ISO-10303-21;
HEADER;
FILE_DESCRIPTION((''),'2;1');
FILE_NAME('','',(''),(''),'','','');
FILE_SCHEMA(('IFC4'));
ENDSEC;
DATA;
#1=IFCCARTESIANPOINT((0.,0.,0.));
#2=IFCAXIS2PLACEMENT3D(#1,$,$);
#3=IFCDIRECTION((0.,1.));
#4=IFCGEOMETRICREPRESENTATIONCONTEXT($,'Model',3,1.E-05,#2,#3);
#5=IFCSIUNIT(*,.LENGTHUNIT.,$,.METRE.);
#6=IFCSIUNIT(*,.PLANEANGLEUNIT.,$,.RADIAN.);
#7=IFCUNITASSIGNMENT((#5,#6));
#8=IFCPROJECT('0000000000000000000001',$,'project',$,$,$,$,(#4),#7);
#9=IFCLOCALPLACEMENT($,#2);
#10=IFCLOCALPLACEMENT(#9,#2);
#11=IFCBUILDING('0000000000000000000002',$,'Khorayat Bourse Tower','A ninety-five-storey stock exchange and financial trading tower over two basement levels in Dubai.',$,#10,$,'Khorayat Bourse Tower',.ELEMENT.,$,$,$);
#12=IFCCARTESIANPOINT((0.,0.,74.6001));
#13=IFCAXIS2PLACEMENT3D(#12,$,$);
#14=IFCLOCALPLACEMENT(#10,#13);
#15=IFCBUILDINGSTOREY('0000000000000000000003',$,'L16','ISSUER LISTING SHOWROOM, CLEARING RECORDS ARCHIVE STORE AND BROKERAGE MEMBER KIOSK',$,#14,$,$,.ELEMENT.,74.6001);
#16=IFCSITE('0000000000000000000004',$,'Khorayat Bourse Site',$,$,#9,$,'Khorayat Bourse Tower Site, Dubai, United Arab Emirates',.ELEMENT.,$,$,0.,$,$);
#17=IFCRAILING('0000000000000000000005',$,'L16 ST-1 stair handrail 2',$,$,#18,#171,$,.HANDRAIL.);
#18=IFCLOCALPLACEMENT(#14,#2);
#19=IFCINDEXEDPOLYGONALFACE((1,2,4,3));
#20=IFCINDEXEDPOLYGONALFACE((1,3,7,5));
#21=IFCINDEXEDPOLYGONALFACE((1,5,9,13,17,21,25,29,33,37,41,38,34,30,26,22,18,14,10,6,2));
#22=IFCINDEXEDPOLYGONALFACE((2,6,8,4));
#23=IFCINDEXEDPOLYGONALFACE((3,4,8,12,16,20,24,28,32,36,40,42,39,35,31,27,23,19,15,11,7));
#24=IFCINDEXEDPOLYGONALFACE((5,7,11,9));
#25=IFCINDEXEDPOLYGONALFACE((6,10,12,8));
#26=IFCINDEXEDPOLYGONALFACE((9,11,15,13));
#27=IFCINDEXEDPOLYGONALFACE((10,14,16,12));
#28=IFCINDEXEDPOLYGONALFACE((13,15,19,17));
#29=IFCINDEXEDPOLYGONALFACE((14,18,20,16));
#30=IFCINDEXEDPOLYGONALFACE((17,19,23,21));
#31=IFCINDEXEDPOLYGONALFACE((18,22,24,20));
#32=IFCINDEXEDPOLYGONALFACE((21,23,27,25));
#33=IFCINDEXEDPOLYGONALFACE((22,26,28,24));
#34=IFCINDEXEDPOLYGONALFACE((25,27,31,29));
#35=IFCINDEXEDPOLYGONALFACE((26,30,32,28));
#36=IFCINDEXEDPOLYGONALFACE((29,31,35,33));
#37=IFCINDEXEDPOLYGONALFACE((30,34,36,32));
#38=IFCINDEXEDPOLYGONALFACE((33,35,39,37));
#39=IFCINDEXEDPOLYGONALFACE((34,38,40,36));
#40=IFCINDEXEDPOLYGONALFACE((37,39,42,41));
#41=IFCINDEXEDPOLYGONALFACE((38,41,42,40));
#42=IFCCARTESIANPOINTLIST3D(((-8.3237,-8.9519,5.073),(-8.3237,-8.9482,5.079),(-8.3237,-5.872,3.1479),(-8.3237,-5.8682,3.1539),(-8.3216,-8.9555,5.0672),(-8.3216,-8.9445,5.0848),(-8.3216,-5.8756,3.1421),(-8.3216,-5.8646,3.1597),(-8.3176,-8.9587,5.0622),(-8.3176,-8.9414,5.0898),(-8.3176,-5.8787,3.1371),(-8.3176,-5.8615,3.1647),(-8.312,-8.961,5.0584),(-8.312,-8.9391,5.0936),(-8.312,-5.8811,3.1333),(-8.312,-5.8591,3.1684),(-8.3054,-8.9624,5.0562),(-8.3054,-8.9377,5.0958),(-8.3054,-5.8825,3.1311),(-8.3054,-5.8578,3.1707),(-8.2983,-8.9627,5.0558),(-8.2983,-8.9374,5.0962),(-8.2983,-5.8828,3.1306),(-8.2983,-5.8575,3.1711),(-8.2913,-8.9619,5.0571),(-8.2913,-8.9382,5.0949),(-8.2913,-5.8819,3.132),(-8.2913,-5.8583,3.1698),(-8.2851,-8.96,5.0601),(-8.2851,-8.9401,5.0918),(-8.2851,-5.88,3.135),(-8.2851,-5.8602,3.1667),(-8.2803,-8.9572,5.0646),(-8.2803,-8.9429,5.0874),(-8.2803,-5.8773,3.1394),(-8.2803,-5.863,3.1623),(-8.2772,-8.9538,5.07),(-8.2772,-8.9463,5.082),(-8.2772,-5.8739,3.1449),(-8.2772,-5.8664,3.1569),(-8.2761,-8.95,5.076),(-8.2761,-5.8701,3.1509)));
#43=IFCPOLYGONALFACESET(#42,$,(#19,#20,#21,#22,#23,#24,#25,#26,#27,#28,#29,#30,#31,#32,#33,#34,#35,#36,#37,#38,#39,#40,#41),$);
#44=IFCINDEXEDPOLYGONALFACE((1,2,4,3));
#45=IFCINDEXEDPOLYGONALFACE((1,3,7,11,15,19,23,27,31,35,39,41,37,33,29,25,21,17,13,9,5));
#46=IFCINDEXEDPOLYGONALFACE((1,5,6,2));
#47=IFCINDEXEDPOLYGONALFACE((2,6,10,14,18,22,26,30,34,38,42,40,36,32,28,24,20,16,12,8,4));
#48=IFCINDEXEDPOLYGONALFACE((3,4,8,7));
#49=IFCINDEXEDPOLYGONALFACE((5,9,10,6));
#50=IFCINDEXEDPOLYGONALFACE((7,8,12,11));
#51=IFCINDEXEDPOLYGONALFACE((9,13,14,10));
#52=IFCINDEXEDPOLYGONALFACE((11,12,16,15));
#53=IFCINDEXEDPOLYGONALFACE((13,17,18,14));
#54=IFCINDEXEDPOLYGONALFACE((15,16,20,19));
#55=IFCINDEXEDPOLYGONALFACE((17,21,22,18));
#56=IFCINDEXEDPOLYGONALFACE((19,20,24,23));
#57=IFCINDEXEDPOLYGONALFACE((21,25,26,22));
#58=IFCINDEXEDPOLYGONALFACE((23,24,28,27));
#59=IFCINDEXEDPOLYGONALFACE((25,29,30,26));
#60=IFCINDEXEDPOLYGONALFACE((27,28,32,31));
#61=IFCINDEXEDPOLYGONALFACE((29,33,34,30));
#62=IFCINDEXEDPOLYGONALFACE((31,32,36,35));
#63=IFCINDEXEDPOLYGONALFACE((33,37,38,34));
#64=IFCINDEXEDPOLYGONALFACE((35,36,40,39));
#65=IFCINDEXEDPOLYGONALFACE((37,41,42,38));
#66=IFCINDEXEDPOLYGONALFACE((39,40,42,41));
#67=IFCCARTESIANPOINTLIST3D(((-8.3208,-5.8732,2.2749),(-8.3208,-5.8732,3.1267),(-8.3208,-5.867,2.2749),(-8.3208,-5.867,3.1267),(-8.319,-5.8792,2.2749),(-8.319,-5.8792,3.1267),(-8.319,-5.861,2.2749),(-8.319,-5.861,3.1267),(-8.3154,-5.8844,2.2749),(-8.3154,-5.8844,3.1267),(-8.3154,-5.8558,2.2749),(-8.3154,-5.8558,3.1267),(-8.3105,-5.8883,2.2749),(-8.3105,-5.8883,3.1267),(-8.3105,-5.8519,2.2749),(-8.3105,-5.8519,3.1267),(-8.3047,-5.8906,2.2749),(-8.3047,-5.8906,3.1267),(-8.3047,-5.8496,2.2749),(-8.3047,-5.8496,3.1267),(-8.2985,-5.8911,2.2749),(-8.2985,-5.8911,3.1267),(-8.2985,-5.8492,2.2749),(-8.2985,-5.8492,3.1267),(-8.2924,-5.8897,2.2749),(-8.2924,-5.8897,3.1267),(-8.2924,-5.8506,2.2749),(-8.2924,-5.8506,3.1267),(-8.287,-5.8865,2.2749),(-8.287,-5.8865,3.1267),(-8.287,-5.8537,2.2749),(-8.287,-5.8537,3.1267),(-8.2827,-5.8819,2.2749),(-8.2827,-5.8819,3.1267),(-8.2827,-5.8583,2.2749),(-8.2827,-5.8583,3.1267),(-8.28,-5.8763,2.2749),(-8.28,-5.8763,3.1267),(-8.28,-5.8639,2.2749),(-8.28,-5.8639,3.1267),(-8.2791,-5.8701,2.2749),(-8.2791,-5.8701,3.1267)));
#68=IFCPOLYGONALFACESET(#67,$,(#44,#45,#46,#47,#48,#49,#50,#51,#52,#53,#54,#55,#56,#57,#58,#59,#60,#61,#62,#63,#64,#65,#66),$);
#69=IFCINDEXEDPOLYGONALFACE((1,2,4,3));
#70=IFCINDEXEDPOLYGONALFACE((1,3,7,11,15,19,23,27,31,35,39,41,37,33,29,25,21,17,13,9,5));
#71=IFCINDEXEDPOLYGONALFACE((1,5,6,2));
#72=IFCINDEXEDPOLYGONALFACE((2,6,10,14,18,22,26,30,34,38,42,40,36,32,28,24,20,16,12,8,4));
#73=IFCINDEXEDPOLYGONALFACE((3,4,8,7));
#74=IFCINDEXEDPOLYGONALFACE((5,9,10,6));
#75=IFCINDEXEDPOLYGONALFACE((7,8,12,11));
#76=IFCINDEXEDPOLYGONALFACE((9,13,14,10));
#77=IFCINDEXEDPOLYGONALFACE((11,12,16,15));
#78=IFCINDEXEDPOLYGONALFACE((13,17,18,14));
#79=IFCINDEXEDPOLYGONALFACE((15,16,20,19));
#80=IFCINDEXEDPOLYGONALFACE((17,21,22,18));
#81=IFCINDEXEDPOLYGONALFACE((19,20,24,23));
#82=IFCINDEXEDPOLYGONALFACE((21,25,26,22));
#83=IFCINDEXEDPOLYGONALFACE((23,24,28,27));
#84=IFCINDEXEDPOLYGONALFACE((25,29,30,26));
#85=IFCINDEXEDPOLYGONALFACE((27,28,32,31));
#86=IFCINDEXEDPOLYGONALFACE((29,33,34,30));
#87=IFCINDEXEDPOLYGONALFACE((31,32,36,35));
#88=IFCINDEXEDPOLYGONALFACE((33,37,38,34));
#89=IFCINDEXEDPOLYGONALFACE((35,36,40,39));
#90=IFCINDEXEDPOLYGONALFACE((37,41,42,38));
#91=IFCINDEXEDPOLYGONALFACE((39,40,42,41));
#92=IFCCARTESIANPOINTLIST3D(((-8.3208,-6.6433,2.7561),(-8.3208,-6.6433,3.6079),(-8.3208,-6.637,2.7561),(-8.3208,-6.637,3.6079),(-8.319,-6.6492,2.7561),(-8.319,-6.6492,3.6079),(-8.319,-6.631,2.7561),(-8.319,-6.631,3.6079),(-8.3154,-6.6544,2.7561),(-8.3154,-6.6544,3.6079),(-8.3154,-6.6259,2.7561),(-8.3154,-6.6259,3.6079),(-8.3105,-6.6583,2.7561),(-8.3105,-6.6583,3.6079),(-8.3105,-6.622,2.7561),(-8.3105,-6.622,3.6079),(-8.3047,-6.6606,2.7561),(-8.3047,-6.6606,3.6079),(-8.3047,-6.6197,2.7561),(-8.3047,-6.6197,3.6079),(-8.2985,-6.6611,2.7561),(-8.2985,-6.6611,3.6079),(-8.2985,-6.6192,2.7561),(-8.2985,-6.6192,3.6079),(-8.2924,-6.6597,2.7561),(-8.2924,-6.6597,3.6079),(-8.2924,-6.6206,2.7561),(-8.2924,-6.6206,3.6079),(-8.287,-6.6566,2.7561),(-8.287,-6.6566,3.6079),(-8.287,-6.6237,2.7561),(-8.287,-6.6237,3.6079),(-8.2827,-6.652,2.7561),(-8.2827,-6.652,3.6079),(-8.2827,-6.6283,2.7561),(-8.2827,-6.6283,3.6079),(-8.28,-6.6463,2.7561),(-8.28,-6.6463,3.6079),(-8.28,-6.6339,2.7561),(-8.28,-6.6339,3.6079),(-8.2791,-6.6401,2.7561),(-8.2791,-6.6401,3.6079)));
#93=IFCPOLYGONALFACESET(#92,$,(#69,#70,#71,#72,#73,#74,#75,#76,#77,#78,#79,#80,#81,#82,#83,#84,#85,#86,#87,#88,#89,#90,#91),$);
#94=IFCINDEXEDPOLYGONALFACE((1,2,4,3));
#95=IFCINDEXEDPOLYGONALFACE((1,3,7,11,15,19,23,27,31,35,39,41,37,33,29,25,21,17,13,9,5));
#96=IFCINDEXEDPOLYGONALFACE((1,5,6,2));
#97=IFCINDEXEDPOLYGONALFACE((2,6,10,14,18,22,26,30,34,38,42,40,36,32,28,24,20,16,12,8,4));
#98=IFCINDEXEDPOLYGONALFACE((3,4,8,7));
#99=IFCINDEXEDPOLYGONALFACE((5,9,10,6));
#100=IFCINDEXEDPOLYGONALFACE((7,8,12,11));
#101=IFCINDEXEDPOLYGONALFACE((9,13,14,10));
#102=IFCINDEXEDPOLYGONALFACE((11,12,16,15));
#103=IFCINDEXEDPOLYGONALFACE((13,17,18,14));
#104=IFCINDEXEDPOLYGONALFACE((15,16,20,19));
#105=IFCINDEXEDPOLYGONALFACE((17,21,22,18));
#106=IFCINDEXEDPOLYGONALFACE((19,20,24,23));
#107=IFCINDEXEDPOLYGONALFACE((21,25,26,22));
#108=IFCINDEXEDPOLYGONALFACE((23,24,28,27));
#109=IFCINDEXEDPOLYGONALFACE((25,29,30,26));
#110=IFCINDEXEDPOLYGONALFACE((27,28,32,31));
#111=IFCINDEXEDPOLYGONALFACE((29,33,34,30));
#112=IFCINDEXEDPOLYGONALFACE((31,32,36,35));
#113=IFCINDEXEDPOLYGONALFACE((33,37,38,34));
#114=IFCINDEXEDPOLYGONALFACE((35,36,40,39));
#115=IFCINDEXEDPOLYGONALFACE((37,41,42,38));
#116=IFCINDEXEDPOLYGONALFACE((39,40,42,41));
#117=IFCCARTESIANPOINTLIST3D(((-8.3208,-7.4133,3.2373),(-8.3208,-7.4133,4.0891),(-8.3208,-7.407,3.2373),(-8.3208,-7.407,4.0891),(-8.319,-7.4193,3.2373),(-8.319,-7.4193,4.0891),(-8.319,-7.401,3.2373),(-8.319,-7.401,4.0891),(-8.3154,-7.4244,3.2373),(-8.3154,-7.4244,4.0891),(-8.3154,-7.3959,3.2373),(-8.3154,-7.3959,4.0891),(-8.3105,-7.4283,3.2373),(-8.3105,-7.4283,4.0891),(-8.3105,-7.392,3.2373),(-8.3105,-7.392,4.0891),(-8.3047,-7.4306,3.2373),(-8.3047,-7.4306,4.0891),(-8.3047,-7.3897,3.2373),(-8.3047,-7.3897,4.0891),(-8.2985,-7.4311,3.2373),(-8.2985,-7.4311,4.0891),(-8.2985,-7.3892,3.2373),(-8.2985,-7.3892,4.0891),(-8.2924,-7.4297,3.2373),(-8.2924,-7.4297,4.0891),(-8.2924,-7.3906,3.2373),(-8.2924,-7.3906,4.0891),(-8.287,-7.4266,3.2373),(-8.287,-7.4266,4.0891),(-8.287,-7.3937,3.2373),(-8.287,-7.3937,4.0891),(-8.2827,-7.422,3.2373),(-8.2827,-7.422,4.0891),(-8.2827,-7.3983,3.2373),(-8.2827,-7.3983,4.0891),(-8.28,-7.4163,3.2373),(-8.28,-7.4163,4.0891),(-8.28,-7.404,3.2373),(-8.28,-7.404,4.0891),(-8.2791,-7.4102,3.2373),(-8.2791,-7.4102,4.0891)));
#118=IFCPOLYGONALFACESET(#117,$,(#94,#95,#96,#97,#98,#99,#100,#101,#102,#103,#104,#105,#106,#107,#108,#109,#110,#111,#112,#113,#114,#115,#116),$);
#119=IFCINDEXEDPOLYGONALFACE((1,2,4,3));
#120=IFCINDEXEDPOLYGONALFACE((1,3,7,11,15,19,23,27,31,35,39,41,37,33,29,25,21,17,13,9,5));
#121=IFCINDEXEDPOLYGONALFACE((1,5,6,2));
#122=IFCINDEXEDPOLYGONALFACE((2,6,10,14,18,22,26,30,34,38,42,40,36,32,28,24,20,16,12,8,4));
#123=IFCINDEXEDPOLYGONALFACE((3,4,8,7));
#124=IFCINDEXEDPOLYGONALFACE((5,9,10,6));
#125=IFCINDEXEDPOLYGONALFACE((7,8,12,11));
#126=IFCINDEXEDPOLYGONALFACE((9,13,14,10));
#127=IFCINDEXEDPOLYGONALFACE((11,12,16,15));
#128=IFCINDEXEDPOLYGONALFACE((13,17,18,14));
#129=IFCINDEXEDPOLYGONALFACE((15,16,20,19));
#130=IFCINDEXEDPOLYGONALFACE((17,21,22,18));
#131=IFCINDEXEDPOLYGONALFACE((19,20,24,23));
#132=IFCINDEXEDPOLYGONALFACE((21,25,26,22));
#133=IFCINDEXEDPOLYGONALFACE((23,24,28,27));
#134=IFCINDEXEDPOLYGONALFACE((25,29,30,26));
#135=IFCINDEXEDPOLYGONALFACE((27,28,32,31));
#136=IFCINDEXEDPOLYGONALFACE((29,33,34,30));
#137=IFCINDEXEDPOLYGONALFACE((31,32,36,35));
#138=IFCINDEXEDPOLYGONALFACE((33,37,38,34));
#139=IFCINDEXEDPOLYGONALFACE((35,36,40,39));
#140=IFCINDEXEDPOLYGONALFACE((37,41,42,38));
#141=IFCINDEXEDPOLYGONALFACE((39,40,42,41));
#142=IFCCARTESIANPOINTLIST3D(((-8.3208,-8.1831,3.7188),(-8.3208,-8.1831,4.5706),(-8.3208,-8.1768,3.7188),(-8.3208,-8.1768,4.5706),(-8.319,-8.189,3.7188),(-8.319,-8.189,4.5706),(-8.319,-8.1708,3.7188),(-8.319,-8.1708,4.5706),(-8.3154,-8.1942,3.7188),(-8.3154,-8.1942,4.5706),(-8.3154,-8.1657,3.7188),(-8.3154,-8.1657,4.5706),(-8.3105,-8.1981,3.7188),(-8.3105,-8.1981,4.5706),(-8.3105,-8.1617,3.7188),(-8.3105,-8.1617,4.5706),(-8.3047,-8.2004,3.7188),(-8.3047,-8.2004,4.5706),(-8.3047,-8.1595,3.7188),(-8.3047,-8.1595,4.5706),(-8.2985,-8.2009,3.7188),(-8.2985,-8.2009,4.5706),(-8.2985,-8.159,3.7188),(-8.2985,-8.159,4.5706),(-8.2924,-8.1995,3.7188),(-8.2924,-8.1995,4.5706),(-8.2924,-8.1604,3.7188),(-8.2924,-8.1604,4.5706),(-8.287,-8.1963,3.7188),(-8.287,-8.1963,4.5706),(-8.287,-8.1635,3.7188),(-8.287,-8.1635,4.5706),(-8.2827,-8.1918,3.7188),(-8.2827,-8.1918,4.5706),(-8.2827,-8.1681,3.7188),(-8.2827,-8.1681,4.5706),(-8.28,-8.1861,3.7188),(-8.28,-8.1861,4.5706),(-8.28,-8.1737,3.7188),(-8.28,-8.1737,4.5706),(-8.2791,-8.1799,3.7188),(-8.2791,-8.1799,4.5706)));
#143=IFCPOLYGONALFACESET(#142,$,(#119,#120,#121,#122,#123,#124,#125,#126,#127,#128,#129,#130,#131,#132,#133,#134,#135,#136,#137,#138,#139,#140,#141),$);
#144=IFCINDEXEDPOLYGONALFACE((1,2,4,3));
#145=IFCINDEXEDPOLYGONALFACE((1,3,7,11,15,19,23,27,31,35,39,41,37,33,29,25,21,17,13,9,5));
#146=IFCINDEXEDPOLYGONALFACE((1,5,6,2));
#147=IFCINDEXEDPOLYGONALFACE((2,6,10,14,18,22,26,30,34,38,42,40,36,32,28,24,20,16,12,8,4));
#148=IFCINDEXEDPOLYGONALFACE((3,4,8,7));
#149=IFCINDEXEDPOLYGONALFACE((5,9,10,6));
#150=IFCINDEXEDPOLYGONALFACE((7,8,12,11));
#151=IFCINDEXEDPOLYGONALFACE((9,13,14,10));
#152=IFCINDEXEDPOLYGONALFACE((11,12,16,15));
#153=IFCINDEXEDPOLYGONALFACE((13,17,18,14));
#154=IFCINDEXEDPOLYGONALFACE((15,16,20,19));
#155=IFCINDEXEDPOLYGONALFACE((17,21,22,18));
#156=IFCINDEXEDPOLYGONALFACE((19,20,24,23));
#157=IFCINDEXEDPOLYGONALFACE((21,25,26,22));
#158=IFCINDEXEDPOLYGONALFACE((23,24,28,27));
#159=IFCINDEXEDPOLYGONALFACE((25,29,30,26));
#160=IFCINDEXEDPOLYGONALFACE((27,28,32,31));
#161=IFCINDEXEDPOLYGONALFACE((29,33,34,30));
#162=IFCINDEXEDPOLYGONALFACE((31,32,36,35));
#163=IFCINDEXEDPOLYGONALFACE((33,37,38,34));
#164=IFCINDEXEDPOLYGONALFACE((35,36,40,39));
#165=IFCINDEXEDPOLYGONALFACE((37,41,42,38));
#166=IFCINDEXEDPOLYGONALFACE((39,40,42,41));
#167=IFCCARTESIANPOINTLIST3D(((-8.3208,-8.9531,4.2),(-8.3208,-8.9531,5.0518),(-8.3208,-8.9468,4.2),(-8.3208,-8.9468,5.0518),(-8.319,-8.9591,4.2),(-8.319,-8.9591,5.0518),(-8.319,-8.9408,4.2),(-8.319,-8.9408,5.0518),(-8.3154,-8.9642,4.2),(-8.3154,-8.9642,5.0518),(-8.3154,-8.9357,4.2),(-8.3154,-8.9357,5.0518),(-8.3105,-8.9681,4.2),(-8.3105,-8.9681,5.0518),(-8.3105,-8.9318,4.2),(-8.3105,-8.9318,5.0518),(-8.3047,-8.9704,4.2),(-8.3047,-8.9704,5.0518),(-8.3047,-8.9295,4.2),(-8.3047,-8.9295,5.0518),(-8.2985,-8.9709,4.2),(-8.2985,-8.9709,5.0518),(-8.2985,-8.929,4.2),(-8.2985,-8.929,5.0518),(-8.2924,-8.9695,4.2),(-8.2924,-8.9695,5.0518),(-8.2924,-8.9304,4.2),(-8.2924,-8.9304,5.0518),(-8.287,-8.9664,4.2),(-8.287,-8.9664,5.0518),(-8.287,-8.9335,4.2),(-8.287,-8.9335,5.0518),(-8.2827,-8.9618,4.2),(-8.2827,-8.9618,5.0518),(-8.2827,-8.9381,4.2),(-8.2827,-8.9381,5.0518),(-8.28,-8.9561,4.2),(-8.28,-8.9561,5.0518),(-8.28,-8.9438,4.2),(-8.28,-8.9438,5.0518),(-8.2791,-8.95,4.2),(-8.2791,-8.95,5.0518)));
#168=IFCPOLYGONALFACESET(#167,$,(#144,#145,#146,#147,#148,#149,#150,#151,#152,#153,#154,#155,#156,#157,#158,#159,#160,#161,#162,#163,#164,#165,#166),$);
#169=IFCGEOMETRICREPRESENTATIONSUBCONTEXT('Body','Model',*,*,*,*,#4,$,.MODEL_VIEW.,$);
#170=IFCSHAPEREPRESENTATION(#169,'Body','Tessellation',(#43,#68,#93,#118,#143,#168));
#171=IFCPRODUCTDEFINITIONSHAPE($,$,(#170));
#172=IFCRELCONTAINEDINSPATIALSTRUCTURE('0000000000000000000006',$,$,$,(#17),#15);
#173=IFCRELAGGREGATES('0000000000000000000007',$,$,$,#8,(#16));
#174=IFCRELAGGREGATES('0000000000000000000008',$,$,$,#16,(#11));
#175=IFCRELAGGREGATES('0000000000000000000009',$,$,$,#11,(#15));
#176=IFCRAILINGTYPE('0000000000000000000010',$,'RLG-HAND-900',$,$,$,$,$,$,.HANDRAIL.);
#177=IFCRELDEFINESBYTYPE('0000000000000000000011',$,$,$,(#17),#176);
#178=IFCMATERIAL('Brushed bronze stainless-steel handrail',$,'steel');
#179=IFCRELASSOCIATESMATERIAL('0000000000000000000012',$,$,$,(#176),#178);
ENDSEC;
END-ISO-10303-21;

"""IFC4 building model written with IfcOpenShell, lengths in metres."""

from ifc_helpers import new_model, si_unit, direction, frame, origin, origin_2d, place, context, subcontext, project, spatial, circle, extrude, source, transform, mapped, material, type_object, element, save


model = new_model("IFC4")

# Units and contexts
model_context = context("Model", 3, precision=1e-05, world=origin(), true_north=direction((0.0, 1.0)))
body_context = subcontext(model_context, "Body", "Model", "MODEL_VIEW")
ifc_project = project(units=[si_unit("LENGTHUNIT", "METRE"), si_unit("PLANEANGLEUNIT", "RADIAN")], contexts=[model_context])

# Site, building, storey
site_placement = place(None, origin())
site = spatial("IfcSite", under=ifc_project, at=site_placement, Name="Khorayat Bourse Site", LongName="Khorayat Bourse Tower Site, Dubai, United Arab Emirates", CompositionType="ELEMENT", RefElevation=0.0)
building_placement = place(site_placement, origin())
building = spatial("IfcBuilding", under=site, at=building_placement, Name="Khorayat Bourse Tower", Description="A ninety-five-storey stock exchange and financial trading tower over two basement levels in Dubai.", LongName="Khorayat Bourse Tower", CompositionType="ELEMENT")
storey_placement = place(building_placement, frame((0.0, 0.0, 74.6001)))
storey = spatial("IfcBuildingStorey", under=building, at=storey_placement, Name="L16", Description="ISSUER LISTING SHOWROOM, CLEARING RECORDS ARCHIVE STORE AND BROKERAGE MEMBER KIOSK", CompositionType="ELEMENT", Elevation=74.6001)

# Railing
ifc_material_1 = material(Name="Brushed bronze stainless-steel handrail", Category="steel")
railing_type_1 = type_object("IfcRailingType", Name="RLG-HAND-900", PredefinedType="HANDRAIL", material=ifc_material_1)
shared_shape_1 = source(origin(), body_context, "Body", "SweptSolid", [
    extrude(circle(Radius=0.0239, at=origin_2d()), frame((0.0, 0.0, 0.876), z_axis=(0.0, -0.847979, 0.530029), x_axis=(1.0, 0.0, 0.0)), (0.0, 0.0, 1.0), 3.6321),
    extrude(circle(Radius=0.021, at=origin_2d()), origin(), (0.0, 0.0, 1.0), 0.8518),
    extrude(circle(Radius=0.021, at=origin_2d()), frame((0.0, -0.77, 0.4812)), (0.0, 0.0, 1.0), 0.8518),
    extrude(circle(Radius=0.021, at=origin_2d()), frame((0.0, -1.54, 0.9624)), (0.0, 0.0, 1.0), 0.8518),
    extrude(circle(Radius=0.021, at=origin_2d()), frame((0.0, -2.3098, 1.4438)), (0.0, 0.0, 1.0), 0.8518),
    extrude(circle(Radius=0.021, at=origin_2d()), frame((0.0, -3.0798, 1.925)), (0.0, 0.0, 1.0), 0.8518),
])
railing_1_placement = place(storey_placement, frame((-8.3, -5.8701, 2.2749)))
element("IfcRailing", 1, at=railing_1_placement, inside=storey, type_object=railing_type_1, Name="L16 ST-1 stair handrail 2", PredefinedType="HANDRAIL", context=body_context, shape_type="MappedRepresentation", body=[
    mapped(shared_shape_1, transform((0.0, 0.0, 0.0), scale=1.0)),
])

save(model, "model.ifc")
